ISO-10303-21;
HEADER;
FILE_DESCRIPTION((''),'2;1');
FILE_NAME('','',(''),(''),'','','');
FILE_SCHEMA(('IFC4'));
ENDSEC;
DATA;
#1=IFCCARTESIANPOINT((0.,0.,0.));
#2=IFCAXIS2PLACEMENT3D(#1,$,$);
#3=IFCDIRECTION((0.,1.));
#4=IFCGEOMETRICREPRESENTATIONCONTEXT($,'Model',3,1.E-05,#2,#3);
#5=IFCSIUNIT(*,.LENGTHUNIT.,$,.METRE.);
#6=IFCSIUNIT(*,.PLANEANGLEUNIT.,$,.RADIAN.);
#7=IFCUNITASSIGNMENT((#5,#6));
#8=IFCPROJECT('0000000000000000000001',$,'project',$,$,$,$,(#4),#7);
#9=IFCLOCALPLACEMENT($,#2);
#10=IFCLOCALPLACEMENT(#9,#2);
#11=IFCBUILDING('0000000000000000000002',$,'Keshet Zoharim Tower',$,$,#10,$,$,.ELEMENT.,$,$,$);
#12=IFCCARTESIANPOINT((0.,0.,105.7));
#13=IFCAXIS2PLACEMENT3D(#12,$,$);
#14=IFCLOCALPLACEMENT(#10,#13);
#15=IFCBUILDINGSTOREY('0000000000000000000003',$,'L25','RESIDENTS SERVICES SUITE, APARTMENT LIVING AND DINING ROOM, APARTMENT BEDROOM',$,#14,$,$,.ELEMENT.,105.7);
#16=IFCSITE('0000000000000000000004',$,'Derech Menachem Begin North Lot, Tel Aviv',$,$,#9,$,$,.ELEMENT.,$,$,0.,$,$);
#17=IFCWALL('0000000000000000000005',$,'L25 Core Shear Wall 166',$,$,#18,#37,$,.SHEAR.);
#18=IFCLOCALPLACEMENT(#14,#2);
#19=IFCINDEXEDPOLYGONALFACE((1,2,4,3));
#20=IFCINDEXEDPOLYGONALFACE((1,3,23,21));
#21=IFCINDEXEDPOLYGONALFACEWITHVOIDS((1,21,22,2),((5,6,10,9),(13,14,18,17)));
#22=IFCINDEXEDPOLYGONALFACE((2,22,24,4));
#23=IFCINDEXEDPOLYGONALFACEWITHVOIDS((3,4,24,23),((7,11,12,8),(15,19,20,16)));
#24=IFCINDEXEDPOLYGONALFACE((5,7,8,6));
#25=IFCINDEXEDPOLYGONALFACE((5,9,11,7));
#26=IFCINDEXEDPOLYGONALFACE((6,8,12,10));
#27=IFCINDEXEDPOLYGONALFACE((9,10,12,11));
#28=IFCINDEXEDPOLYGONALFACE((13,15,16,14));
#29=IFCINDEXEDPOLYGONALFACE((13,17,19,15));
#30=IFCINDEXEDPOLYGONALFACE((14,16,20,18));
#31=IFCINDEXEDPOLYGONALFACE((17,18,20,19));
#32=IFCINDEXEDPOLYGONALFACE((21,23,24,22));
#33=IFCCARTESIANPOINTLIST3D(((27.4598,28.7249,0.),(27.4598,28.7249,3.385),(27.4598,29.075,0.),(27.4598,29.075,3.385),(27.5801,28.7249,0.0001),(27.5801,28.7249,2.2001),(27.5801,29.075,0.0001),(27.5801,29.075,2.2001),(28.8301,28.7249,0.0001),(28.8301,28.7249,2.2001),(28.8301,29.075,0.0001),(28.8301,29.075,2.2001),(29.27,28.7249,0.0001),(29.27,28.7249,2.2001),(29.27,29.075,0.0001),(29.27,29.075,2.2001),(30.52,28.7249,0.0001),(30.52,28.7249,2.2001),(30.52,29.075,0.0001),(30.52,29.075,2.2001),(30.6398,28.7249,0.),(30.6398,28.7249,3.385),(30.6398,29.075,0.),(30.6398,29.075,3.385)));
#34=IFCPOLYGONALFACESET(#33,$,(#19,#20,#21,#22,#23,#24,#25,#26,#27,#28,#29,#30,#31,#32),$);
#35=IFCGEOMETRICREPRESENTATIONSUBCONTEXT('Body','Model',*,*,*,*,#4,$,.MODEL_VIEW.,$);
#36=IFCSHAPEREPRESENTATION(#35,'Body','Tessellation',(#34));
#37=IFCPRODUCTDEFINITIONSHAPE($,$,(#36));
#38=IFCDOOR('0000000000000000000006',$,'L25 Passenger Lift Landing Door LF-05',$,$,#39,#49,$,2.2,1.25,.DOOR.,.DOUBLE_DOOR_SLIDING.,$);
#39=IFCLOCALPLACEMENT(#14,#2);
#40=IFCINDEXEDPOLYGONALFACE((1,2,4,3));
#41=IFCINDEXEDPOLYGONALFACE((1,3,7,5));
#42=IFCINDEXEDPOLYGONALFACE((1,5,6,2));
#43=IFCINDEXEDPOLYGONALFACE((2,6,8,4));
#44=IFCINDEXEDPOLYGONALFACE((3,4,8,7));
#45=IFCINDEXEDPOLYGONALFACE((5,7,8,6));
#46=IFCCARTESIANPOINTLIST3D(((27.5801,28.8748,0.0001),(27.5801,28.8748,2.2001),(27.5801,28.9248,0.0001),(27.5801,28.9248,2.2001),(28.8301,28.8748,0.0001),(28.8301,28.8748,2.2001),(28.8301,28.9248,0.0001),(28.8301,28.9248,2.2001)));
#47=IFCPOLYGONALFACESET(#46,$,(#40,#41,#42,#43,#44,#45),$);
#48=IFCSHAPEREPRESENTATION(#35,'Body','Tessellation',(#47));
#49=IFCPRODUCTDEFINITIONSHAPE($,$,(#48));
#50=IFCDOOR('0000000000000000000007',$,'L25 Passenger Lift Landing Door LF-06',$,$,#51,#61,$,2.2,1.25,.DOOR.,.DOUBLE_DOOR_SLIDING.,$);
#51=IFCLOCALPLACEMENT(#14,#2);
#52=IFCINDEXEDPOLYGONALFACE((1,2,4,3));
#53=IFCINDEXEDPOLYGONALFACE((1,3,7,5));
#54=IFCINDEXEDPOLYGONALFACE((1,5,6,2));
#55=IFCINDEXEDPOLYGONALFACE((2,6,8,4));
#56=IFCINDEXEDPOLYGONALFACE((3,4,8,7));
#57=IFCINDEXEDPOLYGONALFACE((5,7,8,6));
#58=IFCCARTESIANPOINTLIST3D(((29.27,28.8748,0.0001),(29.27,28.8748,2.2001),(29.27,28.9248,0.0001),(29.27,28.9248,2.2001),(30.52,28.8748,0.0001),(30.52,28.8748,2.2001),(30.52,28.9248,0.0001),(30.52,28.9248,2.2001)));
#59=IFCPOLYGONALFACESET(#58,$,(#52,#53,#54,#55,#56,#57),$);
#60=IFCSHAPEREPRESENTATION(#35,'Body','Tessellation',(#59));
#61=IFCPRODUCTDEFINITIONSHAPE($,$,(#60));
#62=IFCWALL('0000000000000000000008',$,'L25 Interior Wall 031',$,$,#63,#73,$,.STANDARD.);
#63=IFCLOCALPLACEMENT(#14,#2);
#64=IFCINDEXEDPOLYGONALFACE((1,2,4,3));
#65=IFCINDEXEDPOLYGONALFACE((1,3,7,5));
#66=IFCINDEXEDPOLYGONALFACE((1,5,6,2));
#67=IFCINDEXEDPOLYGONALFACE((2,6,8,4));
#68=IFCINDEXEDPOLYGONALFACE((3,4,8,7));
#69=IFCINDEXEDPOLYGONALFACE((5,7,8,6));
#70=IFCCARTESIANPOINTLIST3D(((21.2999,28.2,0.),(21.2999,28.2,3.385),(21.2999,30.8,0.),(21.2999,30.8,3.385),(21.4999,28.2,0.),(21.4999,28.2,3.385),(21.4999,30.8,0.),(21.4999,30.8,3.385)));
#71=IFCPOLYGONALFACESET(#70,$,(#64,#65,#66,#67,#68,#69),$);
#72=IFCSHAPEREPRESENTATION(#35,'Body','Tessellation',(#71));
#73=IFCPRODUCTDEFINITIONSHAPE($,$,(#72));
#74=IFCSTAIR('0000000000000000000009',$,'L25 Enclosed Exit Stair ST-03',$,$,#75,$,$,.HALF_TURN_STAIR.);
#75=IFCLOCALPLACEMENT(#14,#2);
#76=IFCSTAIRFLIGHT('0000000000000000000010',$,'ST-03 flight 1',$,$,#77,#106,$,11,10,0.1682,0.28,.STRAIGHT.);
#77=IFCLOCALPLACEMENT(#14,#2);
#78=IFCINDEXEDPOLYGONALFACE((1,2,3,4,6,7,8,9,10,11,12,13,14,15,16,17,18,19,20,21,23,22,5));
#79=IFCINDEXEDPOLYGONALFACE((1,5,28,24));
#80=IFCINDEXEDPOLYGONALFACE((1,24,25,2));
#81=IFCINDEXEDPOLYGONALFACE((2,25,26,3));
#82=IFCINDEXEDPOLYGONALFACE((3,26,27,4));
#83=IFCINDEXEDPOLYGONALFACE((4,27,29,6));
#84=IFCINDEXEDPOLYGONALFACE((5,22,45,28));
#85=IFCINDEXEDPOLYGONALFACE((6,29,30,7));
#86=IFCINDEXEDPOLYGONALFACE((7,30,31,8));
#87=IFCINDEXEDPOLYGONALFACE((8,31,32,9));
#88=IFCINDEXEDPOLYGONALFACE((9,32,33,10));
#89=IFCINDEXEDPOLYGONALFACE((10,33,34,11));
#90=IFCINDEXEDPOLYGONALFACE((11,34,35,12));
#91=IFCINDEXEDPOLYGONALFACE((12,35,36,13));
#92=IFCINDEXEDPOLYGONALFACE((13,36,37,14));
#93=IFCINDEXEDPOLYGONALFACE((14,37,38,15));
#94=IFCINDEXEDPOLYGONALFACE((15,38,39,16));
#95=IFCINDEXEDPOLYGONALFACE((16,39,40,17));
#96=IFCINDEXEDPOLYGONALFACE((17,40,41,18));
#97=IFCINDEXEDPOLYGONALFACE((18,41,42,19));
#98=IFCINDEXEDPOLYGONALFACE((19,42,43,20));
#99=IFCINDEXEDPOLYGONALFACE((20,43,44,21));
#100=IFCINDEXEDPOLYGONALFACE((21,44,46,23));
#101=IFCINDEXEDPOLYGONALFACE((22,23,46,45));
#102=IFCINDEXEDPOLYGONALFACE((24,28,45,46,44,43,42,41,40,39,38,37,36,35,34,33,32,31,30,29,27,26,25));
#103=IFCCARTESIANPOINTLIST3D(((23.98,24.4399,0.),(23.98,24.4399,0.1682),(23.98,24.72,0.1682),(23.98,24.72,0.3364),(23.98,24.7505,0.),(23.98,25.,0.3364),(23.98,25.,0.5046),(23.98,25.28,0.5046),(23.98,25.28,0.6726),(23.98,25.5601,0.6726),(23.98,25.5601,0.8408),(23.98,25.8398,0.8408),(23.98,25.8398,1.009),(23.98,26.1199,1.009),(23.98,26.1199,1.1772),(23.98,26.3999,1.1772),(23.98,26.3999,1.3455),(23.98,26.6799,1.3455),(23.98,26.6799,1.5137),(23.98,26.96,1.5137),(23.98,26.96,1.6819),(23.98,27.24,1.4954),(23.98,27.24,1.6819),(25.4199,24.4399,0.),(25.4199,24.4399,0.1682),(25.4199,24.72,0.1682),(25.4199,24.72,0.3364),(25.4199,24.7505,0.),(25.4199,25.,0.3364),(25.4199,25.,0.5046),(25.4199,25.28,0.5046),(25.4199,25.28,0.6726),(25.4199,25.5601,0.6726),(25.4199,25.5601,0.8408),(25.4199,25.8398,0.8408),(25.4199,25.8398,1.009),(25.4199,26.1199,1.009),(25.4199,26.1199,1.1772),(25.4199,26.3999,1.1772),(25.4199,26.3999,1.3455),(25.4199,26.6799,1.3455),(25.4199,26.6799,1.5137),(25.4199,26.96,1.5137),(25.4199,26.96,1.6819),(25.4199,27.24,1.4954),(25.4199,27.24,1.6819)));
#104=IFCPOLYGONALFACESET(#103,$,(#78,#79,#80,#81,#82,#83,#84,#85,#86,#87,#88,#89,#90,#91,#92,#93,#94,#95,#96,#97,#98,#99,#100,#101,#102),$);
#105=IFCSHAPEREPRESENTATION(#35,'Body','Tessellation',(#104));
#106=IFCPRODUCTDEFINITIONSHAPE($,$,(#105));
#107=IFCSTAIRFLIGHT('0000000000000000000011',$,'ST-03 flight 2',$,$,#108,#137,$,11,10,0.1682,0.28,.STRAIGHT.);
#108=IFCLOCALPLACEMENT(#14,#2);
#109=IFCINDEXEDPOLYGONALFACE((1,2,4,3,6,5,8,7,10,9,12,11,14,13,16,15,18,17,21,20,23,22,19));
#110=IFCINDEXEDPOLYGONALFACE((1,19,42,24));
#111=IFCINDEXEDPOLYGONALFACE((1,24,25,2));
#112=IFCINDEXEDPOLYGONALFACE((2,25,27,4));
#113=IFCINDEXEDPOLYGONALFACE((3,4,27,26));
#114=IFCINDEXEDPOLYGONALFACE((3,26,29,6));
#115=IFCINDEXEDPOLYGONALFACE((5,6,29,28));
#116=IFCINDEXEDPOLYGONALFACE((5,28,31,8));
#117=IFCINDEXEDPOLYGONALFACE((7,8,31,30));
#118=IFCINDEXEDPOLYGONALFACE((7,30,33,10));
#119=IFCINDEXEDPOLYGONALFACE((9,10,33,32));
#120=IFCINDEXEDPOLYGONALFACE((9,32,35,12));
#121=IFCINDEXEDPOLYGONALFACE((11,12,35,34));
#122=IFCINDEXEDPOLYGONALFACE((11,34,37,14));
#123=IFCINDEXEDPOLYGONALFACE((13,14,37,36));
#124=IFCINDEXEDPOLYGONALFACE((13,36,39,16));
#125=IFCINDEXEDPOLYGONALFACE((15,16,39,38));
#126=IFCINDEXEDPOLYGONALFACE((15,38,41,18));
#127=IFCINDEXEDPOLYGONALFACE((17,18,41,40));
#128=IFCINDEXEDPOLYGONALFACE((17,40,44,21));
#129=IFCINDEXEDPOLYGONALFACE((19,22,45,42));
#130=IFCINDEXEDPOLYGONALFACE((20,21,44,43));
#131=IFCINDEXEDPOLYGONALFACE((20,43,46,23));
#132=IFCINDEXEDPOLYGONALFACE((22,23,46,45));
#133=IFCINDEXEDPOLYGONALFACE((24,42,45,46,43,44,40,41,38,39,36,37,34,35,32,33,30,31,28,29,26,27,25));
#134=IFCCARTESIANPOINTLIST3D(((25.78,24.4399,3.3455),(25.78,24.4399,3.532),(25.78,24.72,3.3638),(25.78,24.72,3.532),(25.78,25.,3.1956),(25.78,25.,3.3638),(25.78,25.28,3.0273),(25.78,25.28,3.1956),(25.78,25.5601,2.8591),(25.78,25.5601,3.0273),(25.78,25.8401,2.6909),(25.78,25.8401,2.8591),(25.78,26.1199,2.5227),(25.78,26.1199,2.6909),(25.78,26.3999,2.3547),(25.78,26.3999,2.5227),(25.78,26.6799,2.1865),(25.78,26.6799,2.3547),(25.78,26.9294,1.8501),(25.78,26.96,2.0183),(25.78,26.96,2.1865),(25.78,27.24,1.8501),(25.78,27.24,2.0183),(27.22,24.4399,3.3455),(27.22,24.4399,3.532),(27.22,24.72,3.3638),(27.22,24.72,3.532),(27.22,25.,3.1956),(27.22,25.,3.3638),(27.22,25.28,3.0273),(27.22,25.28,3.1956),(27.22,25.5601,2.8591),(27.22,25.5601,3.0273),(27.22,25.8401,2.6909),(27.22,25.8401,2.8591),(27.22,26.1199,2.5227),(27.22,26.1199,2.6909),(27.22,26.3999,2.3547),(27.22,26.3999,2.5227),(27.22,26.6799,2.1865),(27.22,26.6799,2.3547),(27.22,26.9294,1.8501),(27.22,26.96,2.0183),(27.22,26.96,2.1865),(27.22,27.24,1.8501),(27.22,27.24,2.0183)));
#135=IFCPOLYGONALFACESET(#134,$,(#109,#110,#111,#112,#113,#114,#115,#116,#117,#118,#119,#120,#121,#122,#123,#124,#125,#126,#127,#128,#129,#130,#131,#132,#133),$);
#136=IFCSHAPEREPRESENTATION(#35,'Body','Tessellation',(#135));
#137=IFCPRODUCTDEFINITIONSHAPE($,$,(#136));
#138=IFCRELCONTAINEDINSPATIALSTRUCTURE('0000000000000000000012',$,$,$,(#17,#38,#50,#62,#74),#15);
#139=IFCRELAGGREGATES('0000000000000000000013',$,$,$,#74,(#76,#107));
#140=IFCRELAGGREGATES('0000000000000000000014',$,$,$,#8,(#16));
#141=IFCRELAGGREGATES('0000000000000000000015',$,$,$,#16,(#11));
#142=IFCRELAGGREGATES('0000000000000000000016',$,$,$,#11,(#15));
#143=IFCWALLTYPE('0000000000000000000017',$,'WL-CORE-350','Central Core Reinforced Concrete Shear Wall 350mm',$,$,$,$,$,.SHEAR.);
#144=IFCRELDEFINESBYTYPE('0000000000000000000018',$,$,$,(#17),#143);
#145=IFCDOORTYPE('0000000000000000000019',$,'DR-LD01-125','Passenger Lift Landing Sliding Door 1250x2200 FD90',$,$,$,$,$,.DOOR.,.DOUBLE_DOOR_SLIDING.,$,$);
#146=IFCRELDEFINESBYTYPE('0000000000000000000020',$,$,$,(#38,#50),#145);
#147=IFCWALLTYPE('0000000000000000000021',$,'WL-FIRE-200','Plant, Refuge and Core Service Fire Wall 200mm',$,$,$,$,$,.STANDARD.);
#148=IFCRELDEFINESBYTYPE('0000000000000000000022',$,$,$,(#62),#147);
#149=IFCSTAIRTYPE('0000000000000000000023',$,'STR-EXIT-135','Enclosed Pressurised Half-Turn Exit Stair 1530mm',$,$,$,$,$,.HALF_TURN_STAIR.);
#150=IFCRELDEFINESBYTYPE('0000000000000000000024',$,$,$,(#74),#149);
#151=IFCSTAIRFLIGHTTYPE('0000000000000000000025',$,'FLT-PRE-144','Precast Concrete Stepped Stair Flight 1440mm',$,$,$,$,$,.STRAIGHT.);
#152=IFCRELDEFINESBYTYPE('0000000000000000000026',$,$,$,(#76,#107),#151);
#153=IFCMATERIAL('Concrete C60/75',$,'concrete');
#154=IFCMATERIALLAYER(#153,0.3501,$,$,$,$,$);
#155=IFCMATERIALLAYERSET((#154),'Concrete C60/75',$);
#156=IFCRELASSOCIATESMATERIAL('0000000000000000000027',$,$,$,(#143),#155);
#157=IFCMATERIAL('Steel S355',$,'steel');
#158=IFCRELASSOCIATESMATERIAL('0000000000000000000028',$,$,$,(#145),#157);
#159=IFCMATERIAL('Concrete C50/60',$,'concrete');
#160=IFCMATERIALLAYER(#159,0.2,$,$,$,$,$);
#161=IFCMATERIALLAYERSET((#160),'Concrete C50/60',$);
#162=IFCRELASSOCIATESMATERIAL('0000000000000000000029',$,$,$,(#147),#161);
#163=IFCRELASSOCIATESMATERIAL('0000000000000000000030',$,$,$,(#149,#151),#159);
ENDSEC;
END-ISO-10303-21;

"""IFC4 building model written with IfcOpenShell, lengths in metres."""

from ifc_helpers import new_model, si_unit, direction, frame, frame_2d, origin, place, context, subcontext, project, spatial, polyline, rectangle, outline, extrude, material, layer, layer_set, type_object, element, fill, aggregate, save


model = new_model("IFC4")

# Units and contexts
model_context = context("Model", 3, precision=1e-05, world=origin(), true_north=direction((0.0, 1.0)))
body_context = subcontext(model_context, "Body", "Model", "MODEL_VIEW")
ifc_project = project(units=[si_unit("LENGTHUNIT", "METRE"), si_unit("PLANEANGLEUNIT", "RADIAN")], contexts=[model_context])

# Site, building, storey
site_placement = place(None, origin())
site = spatial("IfcSite", under=ifc_project, at=site_placement, Name="Derech Menachem Begin North Lot, Tel Aviv", CompositionType="ELEMENT", RefElevation=0.0)
building_placement = place(site_placement, origin())
building = spatial("IfcBuilding", under=site, at=building_placement, Name="Keshet Zoharim Tower", CompositionType="ELEMENT")
storey_placement = place(building_placement, frame((0.0, 0.0, 105.7)))
storey = spatial("IfcBuildingStorey", under=building, at=storey_placement, Name="L25", Description="RESIDENTS SERVICES SUITE, APARTMENT LIVING AND DINING ROOM, APARTMENT BEDROOM", CompositionType="ELEMENT", Elevation=105.7)

# Shared definitions
ifc_material_1 = material(Name="Concrete C60/75", Category="concrete")
ifc_layer_1 = layer(ifc_material_1, 0.3501)
ifc_layer_set_1 = layer_set([ifc_layer_1], Name="Concrete C60/75")
wall_type_1 = type_object("IfcWallType", Name="WL-CORE-350", Description="Central Core Reinforced Concrete Shear Wall 350mm", PredefinedType="SHEAR", material=ifc_layer_set_1)

# Wall, openings, doors
ifc_material_2 = material(Name="Steel S355", Category="steel")
door_type_1 = type_object("IfcDoorType", Name="DR-LD01-125", Description="Passenger Lift Landing Sliding Door 1250x2200 FD90", OperationType="DOUBLE_DOOR_SLIDING", PredefinedType="DOOR", material=ifc_material_2)
wall_1_placement = place(storey_placement, frame((27.46, 28.8999, 0.0), z_axis=(0.0, 0.0, 1.0), x_axis=(1.0, 0.0, 0.0)))
wall_1 = element("IfcWall", 1, at=wall_1_placement, inside=storey, type_object=wall_type_1, Name="L25 Core Shear Wall 166", PredefinedType="SHEAR", context=body_context, shape_type="SweptSolid", body=[
    extrude(rectangle(XDim=3.1799, YDim=0.3501, at=frame_2d((1.5898, 0.0))), origin(), (0.0, 0.0, 1.0), 3.385),
])
opening_1_placement = place(wall_1_placement, frame((0.1201, 0.0, 0.0)))
opening_1 = element("IfcOpeningElement", 2, at=opening_1_placement, cuts=wall_1, PredefinedType="OPENING", context=body_context, shape_type="SweptSolid", body=[
    extrude(rectangle(XDim=1.25, YDim=2.2, at=frame_2d((0.625, 1.1001))), frame((0.0, 0.1851, 0.0), z_axis=(0.0, -1.0, 0.0), x_axis=(1.0, 0.0, 0.0)), (0.0, 0.0, 1.0), 0.3701),
])
opening_2_placement = place(wall_1_placement, frame((1.8101, 0.0, 0.0)))
opening_2 = element("IfcOpeningElement", 3, at=opening_2_placement, cuts=wall_1, PredefinedType="OPENING", context=body_context, shape_type="SweptSolid", body=[
    extrude(rectangle(XDim=1.25, YDim=2.2, at=frame_2d((0.625, 1.1001))), frame((0.0, 0.1851, 0.0), z_axis=(0.0, -1.0, 0.0), x_axis=(1.0, 0.0, 0.0)), (0.0, 0.0, 1.0), 0.3701),
])
door_1_placement = place(opening_1_placement, origin())
door_1 = element("IfcDoor", 4, at=door_1_placement, inside=storey, type_object=door_type_1, Name="L25 Passenger Lift Landing Door LF-05", OperationType="DOUBLE_DOOR_SLIDING", OverallHeight=2.2, OverallWidth=1.25, PredefinedType="DOOR", context=body_context, shape_type="SweptSolid", body=[
    extrude(rectangle(XDim=1.25, YDim=2.2, at=frame_2d((0.625, 1.1001))), frame((0.0, 0.0249, 0.0), z_axis=(0.0, -1.0, 0.0), x_axis=(1.0, 0.0, 0.0)), (0.0, 0.0, 1.0), 0.05),
])
fill(opening_1, door_1)
door_2_placement = place(opening_2_placement, origin())
door_2 = element("IfcDoor", 5, at=door_2_placement, inside=storey, type_object=door_type_1, Name="L25 Passenger Lift Landing Door LF-06", OperationType="DOUBLE_DOOR_SLIDING", OverallHeight=2.2, OverallWidth=1.25, PredefinedType="DOOR", context=body_context, shape_type="SweptSolid", body=[
    extrude(rectangle(XDim=1.25, YDim=2.2, at=frame_2d((0.625, 1.1001))), frame((0.0, 0.0249, 0.0), z_axis=(0.0, -1.0, 0.0), x_axis=(1.0, 0.0, 0.0)), (0.0, 0.0, 1.0), 0.05),
])
fill(opening_2, door_2)

# Wall
ifc_material_3 = material(Name="Concrete C50/60", Category="concrete")
ifc_layer_2 = layer(ifc_material_3, 0.2)
ifc_layer_set_2 = layer_set([ifc_layer_2], Name="Concrete C50/60")
wall_type_2 = type_object("IfcWallType", Name="WL-FIRE-200", Description="Plant, Refuge and Core Service Fire Wall 200mm", PredefinedType="STANDARD", material=ifc_layer_set_2)
wall_2_placement = place(storey_placement, frame((21.3999, 28.2, 0.0), z_axis=(0.0, 0.0, 1.0), x_axis=(0.0, 1.0, 0.0)))
element("IfcWall", 6, at=wall_2_placement, inside=storey, type_object=wall_type_2, Name="L25 Interior Wall 031", PredefinedType="STANDARD", context=body_context, shape_type="SweptSolid", body=[
    extrude(rectangle(XDim=2.6001, YDim=0.2, at=frame_2d((1.3, 0.0))), origin(), (0.0, 0.0, 1.0), 3.385),
])

# Stair, stair flights
stair_type = type_object("IfcStairType", Name="STR-EXIT-135", Description="Enclosed Pressurised Half-Turn Exit Stair 1530mm", PredefinedType="HALF_TURN_STAIR", material=ifc_material_3)
stair_placement = place(storey_placement, origin())
stair = element("IfcStair", 7, at=stair_placement, inside=storey, type_object=stair_type, Name="L25 Enclosed Exit Stair ST-03", PredefinedType="HALF_TURN_STAIR")
stair_flight_type = type_object("IfcStairFlightType", Name="FLT-PRE-144", Description="Precast Concrete Stepped Stair Flight 1440mm", PredefinedType="STRAIGHT", material=ifc_material_3)
stair_flight_1_placement = place(storey_placement, frame((24.7, 24.4399, 0.0), z_axis=(0.0, 0.0, 1.0), x_axis=(0.0, 1.0, 0.0)))
stair_flight_1 = element("IfcStairFlight", 8, at=stair_flight_1_placement, type_object=stair_flight_type, Name="ST-03 flight 1", NumberOfRisers=11, NumberOfTreads=10, PredefinedType="STRAIGHT", RiserHeight=0.1682, TreadLength=0.28, context=body_context, shape_type="SweptSolid", body=[
    extrude(outline(polyline([(0.0, 0.0), (0.0, 0.1682), (0.28, 0.1682), (0.28, 0.3364), (0.5601, 0.3364), (0.5601, 0.5046), (0.8401, 0.5046), (0.8401, 0.6726), (1.1201, 0.6726), (1.1201, 0.8408), (1.3999, 0.8408), (1.3999, 1.009), (1.6799, 1.009), (1.6799, 1.1772), (1.96, 1.1772), (1.96, 1.3455), (2.24, 1.3455), (2.24, 1.5137), (2.52, 1.5137), (2.52, 1.6819), (2.8, 1.6819), (2.8, 1.8501), (2.8, 1.4954), (0.3105, 0.0), (0.0, 0.0)])), frame((0.0, 0.72, 0.0), z_axis=(0.0, -1.0, 0.0), x_axis=(1.0, 0.0, 0.0)), (0.0, 0.0, 1.0), 1.4399),
])
stair_flight_2_placement = place(storey_placement, frame((26.5, 27.24, 1.8501), z_axis=(0.0, 0.0, 1.0), x_axis=(0.0, -1.0, 0.0)))
stair_flight_2 = element("IfcStairFlight", 9, at=stair_flight_2_placement, type_object=stair_flight_type, Name="ST-03 flight 2", NumberOfRisers=11, NumberOfTreads=10, PredefinedType="STRAIGHT", RiserHeight=0.1682, TreadLength=0.28, context=body_context, shape_type="SweptSolid", body=[
    extrude(outline(polyline([(0.0, 0.0), (0.0, 0.1682), (0.28, 0.1682), (0.28, 0.3364), (0.5601, 0.3364), (0.5601, 0.5046), (0.8401, 0.5046), (0.8401, 0.6726), (1.1201, 0.6726), (1.1201, 0.8408), (1.3999, 0.8408), (1.3999, 1.009), (1.6799, 1.009), (1.6799, 1.1772), (1.96, 1.1772), (1.96, 1.3455), (2.24, 1.3455), (2.24, 1.5137), (2.52, 1.5137), (2.52, 1.6819), (2.8, 1.6819), (2.8, 1.8501), (2.8, 1.4954), (0.3105, 0.0), (0.0, 0.0)])), frame((0.0, 0.72, 0.0), z_axis=(0.0, -1.0, 0.0), x_axis=(1.0, 0.0, 0.0)), (0.0, 0.0, 1.0), 1.4399),
])
aggregate(stair, [stair_flight_1, stair_flight_2])

save(model, "model.ifc")
